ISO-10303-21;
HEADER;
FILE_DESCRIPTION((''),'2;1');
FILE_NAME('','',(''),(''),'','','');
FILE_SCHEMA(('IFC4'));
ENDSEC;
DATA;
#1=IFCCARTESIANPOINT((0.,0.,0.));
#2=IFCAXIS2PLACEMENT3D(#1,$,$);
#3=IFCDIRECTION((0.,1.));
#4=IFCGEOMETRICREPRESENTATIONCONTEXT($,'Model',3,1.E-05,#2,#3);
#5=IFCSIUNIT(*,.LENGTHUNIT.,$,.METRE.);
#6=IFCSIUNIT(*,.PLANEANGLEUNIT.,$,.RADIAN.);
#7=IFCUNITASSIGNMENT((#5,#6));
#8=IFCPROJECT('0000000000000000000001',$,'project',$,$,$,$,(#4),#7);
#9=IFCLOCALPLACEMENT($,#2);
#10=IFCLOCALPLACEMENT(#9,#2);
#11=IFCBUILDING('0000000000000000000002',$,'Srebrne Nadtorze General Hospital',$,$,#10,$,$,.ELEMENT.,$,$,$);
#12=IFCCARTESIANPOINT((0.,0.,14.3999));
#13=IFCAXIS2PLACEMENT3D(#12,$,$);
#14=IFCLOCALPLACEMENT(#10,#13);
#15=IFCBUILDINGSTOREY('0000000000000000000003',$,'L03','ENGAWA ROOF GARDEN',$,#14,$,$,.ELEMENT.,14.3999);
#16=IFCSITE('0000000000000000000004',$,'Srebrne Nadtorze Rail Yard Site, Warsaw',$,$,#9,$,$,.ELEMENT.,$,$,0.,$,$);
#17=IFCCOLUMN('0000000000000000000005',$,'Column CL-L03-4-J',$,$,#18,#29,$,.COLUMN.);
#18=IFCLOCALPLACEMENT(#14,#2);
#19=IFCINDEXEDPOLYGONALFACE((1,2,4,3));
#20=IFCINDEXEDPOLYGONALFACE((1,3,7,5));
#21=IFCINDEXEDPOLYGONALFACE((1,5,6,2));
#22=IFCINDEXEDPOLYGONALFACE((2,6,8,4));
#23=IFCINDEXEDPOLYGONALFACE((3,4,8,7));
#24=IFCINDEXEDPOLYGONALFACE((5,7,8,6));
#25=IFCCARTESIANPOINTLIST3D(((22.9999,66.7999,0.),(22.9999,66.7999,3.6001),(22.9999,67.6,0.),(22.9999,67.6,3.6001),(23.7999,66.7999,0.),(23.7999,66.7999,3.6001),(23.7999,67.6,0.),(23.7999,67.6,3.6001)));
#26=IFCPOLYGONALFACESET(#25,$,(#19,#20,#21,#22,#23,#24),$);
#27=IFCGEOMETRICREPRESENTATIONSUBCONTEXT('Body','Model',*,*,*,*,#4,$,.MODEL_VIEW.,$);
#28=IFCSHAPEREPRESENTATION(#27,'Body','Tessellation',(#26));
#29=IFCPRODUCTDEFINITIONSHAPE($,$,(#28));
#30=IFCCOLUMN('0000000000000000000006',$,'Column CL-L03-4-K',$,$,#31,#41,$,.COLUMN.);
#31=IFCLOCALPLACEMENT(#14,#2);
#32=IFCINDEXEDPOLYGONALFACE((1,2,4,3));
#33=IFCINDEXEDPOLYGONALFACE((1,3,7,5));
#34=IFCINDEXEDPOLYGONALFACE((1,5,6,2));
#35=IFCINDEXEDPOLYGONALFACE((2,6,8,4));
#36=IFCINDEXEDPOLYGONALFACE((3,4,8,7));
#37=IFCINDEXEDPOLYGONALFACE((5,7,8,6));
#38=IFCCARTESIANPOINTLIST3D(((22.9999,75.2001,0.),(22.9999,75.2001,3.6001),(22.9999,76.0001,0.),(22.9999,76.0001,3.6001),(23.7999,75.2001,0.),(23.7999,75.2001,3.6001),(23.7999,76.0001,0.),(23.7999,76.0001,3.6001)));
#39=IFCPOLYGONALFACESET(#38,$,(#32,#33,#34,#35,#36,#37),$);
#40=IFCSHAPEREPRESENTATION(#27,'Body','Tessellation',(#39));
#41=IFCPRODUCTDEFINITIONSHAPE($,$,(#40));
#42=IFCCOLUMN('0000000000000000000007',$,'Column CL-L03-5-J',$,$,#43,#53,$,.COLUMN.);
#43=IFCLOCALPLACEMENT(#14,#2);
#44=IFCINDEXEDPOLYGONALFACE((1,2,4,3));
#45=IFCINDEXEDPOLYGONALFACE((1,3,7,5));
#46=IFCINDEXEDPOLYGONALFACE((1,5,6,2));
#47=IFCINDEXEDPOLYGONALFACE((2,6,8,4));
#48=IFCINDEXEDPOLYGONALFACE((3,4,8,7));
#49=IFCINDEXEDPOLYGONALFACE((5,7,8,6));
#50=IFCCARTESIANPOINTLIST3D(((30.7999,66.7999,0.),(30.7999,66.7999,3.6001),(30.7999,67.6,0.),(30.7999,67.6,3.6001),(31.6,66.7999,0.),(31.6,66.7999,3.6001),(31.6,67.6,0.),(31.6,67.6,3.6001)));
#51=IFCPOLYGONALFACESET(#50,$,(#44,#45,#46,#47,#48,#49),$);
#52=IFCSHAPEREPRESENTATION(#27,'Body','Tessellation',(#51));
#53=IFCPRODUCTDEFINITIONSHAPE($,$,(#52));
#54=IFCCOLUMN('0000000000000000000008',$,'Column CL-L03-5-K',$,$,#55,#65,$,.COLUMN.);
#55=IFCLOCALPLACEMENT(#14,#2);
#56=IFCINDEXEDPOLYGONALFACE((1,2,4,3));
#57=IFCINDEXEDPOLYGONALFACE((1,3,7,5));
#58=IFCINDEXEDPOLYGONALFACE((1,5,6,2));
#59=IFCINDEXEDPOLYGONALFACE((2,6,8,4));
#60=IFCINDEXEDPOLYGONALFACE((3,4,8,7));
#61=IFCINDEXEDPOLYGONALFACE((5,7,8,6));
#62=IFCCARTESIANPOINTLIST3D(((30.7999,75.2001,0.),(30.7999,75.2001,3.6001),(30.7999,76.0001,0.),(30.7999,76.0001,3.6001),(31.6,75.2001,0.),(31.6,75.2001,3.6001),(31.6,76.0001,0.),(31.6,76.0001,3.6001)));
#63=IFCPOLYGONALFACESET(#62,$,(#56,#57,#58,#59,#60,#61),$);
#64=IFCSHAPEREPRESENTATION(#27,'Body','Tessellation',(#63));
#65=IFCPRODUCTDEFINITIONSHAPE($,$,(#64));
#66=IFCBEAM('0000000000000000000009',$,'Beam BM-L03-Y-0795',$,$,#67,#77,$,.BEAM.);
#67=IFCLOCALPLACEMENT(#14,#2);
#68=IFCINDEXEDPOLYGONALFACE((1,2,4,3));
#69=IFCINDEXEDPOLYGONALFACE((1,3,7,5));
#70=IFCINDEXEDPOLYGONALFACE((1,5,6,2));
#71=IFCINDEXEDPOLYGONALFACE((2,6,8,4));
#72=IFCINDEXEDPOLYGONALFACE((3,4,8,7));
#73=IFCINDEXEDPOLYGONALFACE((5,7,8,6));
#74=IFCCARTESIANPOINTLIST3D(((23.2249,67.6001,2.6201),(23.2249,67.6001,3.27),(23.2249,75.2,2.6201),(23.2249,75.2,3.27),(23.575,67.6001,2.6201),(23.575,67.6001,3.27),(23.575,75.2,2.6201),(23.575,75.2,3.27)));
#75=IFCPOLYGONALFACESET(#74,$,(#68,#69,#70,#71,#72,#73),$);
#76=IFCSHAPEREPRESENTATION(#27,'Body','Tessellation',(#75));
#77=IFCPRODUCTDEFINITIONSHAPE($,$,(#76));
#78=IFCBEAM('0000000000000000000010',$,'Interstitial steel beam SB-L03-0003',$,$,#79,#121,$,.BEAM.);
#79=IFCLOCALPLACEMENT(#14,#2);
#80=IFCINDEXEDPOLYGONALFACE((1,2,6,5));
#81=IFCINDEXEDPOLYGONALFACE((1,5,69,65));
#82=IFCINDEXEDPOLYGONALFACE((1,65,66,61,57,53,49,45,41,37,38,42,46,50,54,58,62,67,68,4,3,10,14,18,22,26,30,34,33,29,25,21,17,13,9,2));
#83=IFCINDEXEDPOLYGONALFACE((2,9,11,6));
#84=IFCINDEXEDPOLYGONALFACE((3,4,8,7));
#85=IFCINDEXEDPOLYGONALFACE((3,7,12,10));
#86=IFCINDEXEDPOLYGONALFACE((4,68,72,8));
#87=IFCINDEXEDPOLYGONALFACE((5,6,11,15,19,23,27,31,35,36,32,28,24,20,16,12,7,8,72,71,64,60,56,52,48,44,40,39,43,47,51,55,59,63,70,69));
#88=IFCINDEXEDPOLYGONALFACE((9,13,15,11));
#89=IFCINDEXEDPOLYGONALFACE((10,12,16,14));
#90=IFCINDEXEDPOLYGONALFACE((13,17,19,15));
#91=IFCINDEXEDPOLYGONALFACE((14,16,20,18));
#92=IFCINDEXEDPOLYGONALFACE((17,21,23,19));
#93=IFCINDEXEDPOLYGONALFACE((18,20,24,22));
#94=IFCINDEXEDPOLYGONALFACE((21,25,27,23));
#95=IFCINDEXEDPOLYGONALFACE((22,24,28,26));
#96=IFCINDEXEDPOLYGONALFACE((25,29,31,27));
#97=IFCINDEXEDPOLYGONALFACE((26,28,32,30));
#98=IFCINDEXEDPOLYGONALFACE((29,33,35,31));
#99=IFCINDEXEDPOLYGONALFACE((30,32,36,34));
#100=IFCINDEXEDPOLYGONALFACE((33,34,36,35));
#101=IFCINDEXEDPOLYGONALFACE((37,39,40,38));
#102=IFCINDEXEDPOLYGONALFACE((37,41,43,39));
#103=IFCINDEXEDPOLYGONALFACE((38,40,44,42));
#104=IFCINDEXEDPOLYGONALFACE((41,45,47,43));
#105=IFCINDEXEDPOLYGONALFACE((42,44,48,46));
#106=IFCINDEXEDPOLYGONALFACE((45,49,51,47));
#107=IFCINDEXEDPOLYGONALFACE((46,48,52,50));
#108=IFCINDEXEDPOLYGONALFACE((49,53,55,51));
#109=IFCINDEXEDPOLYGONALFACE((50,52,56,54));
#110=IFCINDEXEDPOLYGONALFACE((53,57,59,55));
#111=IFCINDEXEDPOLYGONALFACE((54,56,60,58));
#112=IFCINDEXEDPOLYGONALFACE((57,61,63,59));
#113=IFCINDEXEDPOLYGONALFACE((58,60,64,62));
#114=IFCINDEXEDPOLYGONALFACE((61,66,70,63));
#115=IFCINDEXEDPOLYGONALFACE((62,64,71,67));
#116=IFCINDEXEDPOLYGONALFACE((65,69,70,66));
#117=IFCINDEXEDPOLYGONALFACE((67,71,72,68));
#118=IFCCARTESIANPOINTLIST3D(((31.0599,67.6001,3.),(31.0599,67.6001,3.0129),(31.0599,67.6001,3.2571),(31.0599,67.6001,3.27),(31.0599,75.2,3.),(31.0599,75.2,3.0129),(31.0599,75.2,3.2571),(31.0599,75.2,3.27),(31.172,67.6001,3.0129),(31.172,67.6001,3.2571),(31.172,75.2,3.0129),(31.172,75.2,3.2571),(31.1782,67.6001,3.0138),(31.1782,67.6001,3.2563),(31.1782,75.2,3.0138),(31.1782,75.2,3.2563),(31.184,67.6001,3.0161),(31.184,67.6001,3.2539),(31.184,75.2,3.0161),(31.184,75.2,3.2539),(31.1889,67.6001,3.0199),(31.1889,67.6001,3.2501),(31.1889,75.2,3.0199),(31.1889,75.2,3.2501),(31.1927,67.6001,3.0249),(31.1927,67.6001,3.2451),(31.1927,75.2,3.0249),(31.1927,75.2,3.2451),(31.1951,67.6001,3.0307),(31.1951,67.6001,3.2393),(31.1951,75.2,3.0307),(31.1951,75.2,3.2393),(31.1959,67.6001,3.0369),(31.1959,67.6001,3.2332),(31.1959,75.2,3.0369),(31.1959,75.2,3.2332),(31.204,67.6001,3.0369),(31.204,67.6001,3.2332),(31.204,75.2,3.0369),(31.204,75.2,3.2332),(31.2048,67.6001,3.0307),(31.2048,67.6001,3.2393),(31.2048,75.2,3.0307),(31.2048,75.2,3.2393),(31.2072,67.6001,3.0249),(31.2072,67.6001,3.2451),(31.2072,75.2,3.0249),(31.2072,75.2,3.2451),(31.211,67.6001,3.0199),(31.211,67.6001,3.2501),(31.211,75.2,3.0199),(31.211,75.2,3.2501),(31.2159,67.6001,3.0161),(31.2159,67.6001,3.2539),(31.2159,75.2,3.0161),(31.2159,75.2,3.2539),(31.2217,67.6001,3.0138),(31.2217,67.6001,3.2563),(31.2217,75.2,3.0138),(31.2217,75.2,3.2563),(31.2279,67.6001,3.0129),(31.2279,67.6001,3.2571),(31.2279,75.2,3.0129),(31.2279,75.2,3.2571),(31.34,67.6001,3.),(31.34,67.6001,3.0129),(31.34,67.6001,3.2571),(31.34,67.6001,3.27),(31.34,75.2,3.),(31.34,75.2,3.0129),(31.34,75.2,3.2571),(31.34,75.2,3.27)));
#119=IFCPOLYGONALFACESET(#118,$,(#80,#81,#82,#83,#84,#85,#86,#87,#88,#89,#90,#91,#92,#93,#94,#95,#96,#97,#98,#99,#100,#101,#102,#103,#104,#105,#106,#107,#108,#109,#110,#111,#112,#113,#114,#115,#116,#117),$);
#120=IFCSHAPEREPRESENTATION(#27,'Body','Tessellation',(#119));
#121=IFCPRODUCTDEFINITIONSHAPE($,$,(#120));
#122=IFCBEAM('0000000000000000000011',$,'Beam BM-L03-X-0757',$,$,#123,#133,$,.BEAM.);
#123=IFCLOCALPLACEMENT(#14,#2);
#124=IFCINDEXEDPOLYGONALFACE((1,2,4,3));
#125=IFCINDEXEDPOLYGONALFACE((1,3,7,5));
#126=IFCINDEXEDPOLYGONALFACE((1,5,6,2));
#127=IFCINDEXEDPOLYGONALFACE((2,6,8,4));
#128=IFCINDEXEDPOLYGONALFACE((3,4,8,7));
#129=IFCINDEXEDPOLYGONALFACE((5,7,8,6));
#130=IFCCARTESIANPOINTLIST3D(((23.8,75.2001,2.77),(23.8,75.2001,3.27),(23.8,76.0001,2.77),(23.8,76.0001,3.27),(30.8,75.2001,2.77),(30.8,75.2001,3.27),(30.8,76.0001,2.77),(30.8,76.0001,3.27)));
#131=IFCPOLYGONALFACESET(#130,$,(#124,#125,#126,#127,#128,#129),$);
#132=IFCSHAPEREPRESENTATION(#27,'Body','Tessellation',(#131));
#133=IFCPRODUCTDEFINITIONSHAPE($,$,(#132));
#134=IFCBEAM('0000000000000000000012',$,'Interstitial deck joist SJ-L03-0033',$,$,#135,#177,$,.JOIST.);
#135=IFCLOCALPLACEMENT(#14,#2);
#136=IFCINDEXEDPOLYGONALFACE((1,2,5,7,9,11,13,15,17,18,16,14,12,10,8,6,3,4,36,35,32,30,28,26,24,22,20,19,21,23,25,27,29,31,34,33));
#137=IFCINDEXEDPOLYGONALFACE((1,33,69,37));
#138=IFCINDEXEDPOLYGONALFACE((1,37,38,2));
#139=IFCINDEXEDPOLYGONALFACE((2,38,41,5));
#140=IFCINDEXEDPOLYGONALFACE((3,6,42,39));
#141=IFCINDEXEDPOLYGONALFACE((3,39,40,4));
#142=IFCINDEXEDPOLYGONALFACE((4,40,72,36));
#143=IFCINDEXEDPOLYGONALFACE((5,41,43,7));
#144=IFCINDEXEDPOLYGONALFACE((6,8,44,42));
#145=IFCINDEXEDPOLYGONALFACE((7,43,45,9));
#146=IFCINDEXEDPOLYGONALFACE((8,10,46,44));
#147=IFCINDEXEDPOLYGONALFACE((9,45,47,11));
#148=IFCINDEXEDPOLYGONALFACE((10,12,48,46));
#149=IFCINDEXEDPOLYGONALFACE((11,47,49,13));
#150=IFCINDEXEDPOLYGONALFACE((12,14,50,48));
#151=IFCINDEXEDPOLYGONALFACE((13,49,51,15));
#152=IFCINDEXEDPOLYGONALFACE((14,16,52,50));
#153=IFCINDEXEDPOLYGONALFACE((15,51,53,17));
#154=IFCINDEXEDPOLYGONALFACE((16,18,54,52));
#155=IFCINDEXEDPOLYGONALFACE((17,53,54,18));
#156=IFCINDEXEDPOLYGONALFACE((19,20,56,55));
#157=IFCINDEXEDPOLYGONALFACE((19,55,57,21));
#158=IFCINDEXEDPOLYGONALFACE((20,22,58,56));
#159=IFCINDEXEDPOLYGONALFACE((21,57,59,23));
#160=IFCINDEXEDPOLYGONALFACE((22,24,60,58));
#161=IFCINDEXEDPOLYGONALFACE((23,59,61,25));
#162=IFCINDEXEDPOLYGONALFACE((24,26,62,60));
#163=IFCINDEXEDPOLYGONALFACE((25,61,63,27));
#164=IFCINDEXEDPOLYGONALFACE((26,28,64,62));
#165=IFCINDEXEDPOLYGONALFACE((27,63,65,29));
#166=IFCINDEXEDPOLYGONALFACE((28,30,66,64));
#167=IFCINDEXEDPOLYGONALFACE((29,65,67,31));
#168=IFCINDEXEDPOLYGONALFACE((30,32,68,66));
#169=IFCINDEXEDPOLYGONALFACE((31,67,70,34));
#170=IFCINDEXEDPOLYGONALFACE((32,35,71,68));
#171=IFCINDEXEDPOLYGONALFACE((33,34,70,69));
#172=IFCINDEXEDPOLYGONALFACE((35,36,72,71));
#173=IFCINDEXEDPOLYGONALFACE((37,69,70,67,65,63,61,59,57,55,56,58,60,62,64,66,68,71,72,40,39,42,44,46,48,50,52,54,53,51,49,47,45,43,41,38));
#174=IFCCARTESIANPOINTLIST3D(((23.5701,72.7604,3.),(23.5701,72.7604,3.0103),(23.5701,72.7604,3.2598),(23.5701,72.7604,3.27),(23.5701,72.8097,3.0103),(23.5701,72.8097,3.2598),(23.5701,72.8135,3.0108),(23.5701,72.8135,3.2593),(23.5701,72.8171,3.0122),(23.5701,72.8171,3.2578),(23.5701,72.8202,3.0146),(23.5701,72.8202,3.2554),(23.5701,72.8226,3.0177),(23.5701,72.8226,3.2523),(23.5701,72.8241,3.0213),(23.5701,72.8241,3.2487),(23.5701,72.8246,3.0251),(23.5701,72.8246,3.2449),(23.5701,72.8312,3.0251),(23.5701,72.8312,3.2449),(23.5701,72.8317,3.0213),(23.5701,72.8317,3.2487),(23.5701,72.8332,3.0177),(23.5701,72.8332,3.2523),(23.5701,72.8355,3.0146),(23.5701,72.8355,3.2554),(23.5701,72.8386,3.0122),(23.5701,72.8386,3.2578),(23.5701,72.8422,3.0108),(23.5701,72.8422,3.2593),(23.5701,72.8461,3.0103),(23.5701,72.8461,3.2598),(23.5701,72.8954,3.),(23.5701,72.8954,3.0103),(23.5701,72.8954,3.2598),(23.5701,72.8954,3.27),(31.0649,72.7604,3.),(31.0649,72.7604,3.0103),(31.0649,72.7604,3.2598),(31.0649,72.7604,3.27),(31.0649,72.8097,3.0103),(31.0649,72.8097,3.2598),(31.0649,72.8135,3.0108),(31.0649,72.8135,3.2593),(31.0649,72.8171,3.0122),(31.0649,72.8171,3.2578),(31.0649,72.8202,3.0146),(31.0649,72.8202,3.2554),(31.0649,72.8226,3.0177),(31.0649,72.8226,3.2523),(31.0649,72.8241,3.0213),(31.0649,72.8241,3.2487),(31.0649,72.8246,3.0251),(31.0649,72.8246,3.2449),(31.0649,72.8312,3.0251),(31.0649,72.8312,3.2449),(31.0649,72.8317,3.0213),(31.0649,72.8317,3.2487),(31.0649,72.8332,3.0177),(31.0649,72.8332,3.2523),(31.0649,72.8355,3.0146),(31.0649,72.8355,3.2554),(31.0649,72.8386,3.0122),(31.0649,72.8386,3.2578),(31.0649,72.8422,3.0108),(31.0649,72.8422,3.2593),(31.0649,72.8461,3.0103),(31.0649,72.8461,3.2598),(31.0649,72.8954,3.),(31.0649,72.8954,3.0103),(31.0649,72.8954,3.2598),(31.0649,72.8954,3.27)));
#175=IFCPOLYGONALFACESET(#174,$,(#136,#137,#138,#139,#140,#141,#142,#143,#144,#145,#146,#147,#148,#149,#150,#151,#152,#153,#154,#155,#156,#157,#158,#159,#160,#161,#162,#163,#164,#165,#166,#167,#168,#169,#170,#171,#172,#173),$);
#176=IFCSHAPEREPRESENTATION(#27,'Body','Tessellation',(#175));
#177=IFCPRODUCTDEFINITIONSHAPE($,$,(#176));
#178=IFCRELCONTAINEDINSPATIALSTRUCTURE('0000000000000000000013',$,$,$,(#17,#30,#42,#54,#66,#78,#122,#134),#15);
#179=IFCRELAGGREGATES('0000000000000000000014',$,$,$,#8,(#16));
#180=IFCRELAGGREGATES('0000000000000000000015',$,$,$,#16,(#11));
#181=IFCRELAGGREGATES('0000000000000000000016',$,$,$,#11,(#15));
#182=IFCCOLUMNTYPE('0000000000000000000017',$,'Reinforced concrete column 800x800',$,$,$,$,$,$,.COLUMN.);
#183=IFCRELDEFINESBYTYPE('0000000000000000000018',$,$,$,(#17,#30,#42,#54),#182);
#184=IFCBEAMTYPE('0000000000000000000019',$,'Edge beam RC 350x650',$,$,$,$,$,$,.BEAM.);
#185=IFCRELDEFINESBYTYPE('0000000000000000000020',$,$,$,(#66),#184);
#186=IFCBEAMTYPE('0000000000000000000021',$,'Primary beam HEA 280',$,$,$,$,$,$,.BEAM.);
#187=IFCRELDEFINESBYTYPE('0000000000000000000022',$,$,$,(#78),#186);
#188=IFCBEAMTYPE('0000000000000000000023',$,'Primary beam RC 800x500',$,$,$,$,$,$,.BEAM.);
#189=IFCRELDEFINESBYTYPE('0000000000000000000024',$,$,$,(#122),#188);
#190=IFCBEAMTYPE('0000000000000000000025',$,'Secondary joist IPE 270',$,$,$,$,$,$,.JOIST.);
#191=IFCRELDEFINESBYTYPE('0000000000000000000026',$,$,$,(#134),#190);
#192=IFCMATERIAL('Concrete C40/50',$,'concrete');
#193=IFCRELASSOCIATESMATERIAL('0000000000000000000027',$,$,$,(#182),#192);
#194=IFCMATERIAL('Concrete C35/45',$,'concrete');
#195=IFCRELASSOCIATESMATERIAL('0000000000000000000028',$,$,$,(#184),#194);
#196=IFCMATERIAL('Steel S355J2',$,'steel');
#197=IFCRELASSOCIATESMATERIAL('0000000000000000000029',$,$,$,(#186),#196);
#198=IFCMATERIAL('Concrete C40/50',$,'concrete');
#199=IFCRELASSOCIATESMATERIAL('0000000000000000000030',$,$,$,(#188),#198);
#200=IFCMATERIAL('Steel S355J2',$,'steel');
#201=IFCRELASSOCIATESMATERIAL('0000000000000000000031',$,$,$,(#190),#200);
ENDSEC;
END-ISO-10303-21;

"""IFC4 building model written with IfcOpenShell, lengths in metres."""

from ifc_helpers import new_model, si_unit, direction, frame, origin, origin_2d, place, context, subcontext, project, spatial, rectangle, i_section, extrude, material, material_profile, profile_set, type_object, element, save


model = new_model("IFC4")

# Units and contexts
model_context = context("Model", 3, precision=1e-05, world=origin(), true_north=direction((0.0, 1.0)))
body_context = subcontext(model_context, "Body", "Model", "MODEL_VIEW")
ifc_project = project(units=[si_unit("LENGTHUNIT", "METRE"), si_unit("PLANEANGLEUNIT", "RADIAN")], contexts=[model_context])

# Site, building, storey
site_placement = place(None, origin())
site = spatial("IfcSite", under=ifc_project, at=site_placement, Name="Srebrne Nadtorze Rail Yard Site, Warsaw", CompositionType="ELEMENT", RefElevation=0.0)
building_placement = place(site_placement, origin())
building = spatial("IfcBuilding", under=site, at=building_placement, Name="Srebrne Nadtorze General Hospital", CompositionType="ELEMENT")
storey_placement = place(building_placement, frame((0.0, 0.0, 14.3999)))
storey = spatial("IfcBuildingStorey", under=building, at=storey_placement, Name="L03", Description="ENGAWA ROOF GARDEN", CompositionType="ELEMENT", Elevation=14.3999)

# Columns
ifc_material_1 = material(Name="Concrete C40/50", Category="concrete")
ifc_material_profile_1 = material_profile(ifc_material_1, rectangle(XDim=0.8, YDim=0.8, at=origin_2d()), Name="RC-COL-800x800")
ifc_profile_set_1 = profile_set([ifc_material_profile_1], Name="Concrete C40/50")
column_type = type_object("IfcColumnType", Name="Reinforced concrete column 800x800", PredefinedType="COLUMN", material=ifc_profile_set_1)
for number, where, z_axis, x_axis, name in (
    (1, (23.3999, 67.2, 0.0), (0.0, 0.0, 1.0), (1.0, 0.0, 0.0), "Column CL-L03-4-J"),
    (2, (23.3999, 75.6001, 0.0), (0.0, 0.0, 1.0), (1.0, 0.0, 0.0), "Column CL-L03-4-K"),
    (3, (31.2, 67.2, 0.0), (0.0, 0.0, 1.0), (1.0, 0.0, 0.0), "Column CL-L03-5-J"),
    (4, (31.2, 75.6001, 0.0), (0.0, 0.0, 1.0), (1.0, 0.0, 0.0), "Column CL-L03-5-K"),
):
    element("IfcColumn", number, at=place(storey_placement, frame(where, z_axis=z_axis, x_axis=x_axis)), inside=storey, type_object=column_type, Name=name, PredefinedType="COLUMN", context=body_context, shape_type="SweptSolid", body=[
        extrude(rectangle(XDim=0.8, YDim=0.8, at=origin_2d()), origin(), (0.0, 0.0, 1.0), 3.6001),
    ])

# Beams
ifc_material_2 = material(Name="Concrete C35/45", Category="concrete")
ifc_material_profile_2 = material_profile(ifc_material_2, rectangle(XDim=0.3501, YDim=0.6499, at=origin_2d()), Name="RC-BM-350x650")
ifc_profile_set_2 = profile_set([ifc_material_profile_2], Name="Concrete C35/45")
beam_type_1 = type_object("IfcBeamType", Name="Edge beam RC 350x650", PredefinedType="BEAM", material=ifc_profile_set_2)
beam_1_placement = place(storey_placement, frame((23.3999, 67.6001, 2.9451), z_axis=(0.0, 1.0, 0.0), x_axis=(-1.0, 0.0, 0.0)))
element("IfcBeam", 5, at=beam_1_placement, inside=storey, type_object=beam_type_1, Name="Beam BM-L03-Y-0795", PredefinedType="BEAM", context=body_context, shape_type="SweptSolid", body=[
    extrude(rectangle(XDim=0.3501, YDim=0.6499, at=origin_2d()), origin(), (0.0, 0.0, 1.0), 7.5999),
])
ifc_material_3 = material(Name="Steel S355J2", Category="steel")
ifc_material_profile_3 = material_profile(ifc_material_3, i_section(OverallWidth=0.28, OverallDepth=0.27, WebThickness=0.0081, FlangeThickness=0.0129, FilletRadius=0.0239, at=origin_2d()), Name="HEA-280")
ifc_profile_set_3 = profile_set([ifc_material_profile_3], Name="Steel S355J2")
beam_type_2 = type_object("IfcBeamType", Name="Primary beam HEA 280", PredefinedType="BEAM", material=ifc_profile_set_3)
beam_2_placement = place(storey_placement, frame((31.2, 67.6001, 3.135), z_axis=(0.0, 1.0, 0.0), x_axis=(-1.0, 0.0, 0.0)))
element("IfcBeam", 6, at=beam_2_placement, inside=storey, type_object=beam_type_2, Name="Interstitial steel beam SB-L03-0003", PredefinedType="BEAM", context=body_context, shape_type="SweptSolid", body=[
    extrude(i_section(OverallWidth=0.28, OverallDepth=0.27, WebThickness=0.0081, FlangeThickness=0.0129, FilletRadius=0.0239, at=origin_2d()), origin(), (0.0, 0.0, 1.0), 7.5999),
])
ifc_material_4 = material(Name="Concrete C40/50", Category="concrete")
ifc_material_profile_4 = material_profile(ifc_material_4, rectangle(XDim=0.8, YDim=0.5, at=origin_2d()), Name="RC-BM-800x500")
ifc_profile_set_4 = profile_set([ifc_material_profile_4], Name="Concrete C40/50")
beam_type_3 = type_object("IfcBeamType", Name="Primary beam RC 800x500", PredefinedType="BEAM", material=ifc_profile_set_4)
beam_3_placement = place(storey_placement, frame((23.8, 75.6001, 3.02), z_axis=(1.0, 0.0, 0.0), x_axis=(0.0, 1.0, 0.0)))
element("IfcBeam", 7, at=beam_3_placement, inside=storey, type_object=beam_type_3, Name="Beam BM-L03-X-0757", PredefinedType="BEAM", context=body_context, shape_type="SweptSolid", body=[
    extrude(rectangle(XDim=0.8, YDim=0.5, at=origin_2d()), origin(), (0.0, 0.0, 1.0), 7.0),
])
ifc_material_5 = material(Name="Steel S355J2", Category="steel")
ifc_material_profile_5 = material_profile(ifc_material_5, i_section(OverallWidth=0.135, OverallDepth=0.27, WebThickness=0.0066, FlangeThickness=0.0103, FilletRadius=0.0149, at=origin_2d()), Name="IPE-270")
ifc_profile_set_5 = profile_set([ifc_material_profile_5], Name="Steel S355J2")
beam_type_4 = type_object("IfcBeamType", Name="Secondary joist IPE 270", PredefinedType="JOIST", material=ifc_profile_set_5)
beam_4_placement = place(storey_placement, frame((23.5701, 72.8279, 3.135), z_axis=(1.0, 0.0, 0.0), x_axis=(0.0, 1.0, 0.0)))
element("IfcBeam", 8, at=beam_4_placement, inside=storey, type_object=beam_type_4, Name="Interstitial deck joist SJ-L03-0033", PredefinedType="JOIST", context=body_context, shape_type="SweptSolid", body=[
    extrude(i_section(OverallWidth=0.135, OverallDepth=0.27, WebThickness=0.0066, FlangeThickness=0.0103, FilletRadius=0.0149, at=origin_2d()), origin(), (0.0, 0.0, 1.0), 7.4949),
])

save(model, "model.ifc")
